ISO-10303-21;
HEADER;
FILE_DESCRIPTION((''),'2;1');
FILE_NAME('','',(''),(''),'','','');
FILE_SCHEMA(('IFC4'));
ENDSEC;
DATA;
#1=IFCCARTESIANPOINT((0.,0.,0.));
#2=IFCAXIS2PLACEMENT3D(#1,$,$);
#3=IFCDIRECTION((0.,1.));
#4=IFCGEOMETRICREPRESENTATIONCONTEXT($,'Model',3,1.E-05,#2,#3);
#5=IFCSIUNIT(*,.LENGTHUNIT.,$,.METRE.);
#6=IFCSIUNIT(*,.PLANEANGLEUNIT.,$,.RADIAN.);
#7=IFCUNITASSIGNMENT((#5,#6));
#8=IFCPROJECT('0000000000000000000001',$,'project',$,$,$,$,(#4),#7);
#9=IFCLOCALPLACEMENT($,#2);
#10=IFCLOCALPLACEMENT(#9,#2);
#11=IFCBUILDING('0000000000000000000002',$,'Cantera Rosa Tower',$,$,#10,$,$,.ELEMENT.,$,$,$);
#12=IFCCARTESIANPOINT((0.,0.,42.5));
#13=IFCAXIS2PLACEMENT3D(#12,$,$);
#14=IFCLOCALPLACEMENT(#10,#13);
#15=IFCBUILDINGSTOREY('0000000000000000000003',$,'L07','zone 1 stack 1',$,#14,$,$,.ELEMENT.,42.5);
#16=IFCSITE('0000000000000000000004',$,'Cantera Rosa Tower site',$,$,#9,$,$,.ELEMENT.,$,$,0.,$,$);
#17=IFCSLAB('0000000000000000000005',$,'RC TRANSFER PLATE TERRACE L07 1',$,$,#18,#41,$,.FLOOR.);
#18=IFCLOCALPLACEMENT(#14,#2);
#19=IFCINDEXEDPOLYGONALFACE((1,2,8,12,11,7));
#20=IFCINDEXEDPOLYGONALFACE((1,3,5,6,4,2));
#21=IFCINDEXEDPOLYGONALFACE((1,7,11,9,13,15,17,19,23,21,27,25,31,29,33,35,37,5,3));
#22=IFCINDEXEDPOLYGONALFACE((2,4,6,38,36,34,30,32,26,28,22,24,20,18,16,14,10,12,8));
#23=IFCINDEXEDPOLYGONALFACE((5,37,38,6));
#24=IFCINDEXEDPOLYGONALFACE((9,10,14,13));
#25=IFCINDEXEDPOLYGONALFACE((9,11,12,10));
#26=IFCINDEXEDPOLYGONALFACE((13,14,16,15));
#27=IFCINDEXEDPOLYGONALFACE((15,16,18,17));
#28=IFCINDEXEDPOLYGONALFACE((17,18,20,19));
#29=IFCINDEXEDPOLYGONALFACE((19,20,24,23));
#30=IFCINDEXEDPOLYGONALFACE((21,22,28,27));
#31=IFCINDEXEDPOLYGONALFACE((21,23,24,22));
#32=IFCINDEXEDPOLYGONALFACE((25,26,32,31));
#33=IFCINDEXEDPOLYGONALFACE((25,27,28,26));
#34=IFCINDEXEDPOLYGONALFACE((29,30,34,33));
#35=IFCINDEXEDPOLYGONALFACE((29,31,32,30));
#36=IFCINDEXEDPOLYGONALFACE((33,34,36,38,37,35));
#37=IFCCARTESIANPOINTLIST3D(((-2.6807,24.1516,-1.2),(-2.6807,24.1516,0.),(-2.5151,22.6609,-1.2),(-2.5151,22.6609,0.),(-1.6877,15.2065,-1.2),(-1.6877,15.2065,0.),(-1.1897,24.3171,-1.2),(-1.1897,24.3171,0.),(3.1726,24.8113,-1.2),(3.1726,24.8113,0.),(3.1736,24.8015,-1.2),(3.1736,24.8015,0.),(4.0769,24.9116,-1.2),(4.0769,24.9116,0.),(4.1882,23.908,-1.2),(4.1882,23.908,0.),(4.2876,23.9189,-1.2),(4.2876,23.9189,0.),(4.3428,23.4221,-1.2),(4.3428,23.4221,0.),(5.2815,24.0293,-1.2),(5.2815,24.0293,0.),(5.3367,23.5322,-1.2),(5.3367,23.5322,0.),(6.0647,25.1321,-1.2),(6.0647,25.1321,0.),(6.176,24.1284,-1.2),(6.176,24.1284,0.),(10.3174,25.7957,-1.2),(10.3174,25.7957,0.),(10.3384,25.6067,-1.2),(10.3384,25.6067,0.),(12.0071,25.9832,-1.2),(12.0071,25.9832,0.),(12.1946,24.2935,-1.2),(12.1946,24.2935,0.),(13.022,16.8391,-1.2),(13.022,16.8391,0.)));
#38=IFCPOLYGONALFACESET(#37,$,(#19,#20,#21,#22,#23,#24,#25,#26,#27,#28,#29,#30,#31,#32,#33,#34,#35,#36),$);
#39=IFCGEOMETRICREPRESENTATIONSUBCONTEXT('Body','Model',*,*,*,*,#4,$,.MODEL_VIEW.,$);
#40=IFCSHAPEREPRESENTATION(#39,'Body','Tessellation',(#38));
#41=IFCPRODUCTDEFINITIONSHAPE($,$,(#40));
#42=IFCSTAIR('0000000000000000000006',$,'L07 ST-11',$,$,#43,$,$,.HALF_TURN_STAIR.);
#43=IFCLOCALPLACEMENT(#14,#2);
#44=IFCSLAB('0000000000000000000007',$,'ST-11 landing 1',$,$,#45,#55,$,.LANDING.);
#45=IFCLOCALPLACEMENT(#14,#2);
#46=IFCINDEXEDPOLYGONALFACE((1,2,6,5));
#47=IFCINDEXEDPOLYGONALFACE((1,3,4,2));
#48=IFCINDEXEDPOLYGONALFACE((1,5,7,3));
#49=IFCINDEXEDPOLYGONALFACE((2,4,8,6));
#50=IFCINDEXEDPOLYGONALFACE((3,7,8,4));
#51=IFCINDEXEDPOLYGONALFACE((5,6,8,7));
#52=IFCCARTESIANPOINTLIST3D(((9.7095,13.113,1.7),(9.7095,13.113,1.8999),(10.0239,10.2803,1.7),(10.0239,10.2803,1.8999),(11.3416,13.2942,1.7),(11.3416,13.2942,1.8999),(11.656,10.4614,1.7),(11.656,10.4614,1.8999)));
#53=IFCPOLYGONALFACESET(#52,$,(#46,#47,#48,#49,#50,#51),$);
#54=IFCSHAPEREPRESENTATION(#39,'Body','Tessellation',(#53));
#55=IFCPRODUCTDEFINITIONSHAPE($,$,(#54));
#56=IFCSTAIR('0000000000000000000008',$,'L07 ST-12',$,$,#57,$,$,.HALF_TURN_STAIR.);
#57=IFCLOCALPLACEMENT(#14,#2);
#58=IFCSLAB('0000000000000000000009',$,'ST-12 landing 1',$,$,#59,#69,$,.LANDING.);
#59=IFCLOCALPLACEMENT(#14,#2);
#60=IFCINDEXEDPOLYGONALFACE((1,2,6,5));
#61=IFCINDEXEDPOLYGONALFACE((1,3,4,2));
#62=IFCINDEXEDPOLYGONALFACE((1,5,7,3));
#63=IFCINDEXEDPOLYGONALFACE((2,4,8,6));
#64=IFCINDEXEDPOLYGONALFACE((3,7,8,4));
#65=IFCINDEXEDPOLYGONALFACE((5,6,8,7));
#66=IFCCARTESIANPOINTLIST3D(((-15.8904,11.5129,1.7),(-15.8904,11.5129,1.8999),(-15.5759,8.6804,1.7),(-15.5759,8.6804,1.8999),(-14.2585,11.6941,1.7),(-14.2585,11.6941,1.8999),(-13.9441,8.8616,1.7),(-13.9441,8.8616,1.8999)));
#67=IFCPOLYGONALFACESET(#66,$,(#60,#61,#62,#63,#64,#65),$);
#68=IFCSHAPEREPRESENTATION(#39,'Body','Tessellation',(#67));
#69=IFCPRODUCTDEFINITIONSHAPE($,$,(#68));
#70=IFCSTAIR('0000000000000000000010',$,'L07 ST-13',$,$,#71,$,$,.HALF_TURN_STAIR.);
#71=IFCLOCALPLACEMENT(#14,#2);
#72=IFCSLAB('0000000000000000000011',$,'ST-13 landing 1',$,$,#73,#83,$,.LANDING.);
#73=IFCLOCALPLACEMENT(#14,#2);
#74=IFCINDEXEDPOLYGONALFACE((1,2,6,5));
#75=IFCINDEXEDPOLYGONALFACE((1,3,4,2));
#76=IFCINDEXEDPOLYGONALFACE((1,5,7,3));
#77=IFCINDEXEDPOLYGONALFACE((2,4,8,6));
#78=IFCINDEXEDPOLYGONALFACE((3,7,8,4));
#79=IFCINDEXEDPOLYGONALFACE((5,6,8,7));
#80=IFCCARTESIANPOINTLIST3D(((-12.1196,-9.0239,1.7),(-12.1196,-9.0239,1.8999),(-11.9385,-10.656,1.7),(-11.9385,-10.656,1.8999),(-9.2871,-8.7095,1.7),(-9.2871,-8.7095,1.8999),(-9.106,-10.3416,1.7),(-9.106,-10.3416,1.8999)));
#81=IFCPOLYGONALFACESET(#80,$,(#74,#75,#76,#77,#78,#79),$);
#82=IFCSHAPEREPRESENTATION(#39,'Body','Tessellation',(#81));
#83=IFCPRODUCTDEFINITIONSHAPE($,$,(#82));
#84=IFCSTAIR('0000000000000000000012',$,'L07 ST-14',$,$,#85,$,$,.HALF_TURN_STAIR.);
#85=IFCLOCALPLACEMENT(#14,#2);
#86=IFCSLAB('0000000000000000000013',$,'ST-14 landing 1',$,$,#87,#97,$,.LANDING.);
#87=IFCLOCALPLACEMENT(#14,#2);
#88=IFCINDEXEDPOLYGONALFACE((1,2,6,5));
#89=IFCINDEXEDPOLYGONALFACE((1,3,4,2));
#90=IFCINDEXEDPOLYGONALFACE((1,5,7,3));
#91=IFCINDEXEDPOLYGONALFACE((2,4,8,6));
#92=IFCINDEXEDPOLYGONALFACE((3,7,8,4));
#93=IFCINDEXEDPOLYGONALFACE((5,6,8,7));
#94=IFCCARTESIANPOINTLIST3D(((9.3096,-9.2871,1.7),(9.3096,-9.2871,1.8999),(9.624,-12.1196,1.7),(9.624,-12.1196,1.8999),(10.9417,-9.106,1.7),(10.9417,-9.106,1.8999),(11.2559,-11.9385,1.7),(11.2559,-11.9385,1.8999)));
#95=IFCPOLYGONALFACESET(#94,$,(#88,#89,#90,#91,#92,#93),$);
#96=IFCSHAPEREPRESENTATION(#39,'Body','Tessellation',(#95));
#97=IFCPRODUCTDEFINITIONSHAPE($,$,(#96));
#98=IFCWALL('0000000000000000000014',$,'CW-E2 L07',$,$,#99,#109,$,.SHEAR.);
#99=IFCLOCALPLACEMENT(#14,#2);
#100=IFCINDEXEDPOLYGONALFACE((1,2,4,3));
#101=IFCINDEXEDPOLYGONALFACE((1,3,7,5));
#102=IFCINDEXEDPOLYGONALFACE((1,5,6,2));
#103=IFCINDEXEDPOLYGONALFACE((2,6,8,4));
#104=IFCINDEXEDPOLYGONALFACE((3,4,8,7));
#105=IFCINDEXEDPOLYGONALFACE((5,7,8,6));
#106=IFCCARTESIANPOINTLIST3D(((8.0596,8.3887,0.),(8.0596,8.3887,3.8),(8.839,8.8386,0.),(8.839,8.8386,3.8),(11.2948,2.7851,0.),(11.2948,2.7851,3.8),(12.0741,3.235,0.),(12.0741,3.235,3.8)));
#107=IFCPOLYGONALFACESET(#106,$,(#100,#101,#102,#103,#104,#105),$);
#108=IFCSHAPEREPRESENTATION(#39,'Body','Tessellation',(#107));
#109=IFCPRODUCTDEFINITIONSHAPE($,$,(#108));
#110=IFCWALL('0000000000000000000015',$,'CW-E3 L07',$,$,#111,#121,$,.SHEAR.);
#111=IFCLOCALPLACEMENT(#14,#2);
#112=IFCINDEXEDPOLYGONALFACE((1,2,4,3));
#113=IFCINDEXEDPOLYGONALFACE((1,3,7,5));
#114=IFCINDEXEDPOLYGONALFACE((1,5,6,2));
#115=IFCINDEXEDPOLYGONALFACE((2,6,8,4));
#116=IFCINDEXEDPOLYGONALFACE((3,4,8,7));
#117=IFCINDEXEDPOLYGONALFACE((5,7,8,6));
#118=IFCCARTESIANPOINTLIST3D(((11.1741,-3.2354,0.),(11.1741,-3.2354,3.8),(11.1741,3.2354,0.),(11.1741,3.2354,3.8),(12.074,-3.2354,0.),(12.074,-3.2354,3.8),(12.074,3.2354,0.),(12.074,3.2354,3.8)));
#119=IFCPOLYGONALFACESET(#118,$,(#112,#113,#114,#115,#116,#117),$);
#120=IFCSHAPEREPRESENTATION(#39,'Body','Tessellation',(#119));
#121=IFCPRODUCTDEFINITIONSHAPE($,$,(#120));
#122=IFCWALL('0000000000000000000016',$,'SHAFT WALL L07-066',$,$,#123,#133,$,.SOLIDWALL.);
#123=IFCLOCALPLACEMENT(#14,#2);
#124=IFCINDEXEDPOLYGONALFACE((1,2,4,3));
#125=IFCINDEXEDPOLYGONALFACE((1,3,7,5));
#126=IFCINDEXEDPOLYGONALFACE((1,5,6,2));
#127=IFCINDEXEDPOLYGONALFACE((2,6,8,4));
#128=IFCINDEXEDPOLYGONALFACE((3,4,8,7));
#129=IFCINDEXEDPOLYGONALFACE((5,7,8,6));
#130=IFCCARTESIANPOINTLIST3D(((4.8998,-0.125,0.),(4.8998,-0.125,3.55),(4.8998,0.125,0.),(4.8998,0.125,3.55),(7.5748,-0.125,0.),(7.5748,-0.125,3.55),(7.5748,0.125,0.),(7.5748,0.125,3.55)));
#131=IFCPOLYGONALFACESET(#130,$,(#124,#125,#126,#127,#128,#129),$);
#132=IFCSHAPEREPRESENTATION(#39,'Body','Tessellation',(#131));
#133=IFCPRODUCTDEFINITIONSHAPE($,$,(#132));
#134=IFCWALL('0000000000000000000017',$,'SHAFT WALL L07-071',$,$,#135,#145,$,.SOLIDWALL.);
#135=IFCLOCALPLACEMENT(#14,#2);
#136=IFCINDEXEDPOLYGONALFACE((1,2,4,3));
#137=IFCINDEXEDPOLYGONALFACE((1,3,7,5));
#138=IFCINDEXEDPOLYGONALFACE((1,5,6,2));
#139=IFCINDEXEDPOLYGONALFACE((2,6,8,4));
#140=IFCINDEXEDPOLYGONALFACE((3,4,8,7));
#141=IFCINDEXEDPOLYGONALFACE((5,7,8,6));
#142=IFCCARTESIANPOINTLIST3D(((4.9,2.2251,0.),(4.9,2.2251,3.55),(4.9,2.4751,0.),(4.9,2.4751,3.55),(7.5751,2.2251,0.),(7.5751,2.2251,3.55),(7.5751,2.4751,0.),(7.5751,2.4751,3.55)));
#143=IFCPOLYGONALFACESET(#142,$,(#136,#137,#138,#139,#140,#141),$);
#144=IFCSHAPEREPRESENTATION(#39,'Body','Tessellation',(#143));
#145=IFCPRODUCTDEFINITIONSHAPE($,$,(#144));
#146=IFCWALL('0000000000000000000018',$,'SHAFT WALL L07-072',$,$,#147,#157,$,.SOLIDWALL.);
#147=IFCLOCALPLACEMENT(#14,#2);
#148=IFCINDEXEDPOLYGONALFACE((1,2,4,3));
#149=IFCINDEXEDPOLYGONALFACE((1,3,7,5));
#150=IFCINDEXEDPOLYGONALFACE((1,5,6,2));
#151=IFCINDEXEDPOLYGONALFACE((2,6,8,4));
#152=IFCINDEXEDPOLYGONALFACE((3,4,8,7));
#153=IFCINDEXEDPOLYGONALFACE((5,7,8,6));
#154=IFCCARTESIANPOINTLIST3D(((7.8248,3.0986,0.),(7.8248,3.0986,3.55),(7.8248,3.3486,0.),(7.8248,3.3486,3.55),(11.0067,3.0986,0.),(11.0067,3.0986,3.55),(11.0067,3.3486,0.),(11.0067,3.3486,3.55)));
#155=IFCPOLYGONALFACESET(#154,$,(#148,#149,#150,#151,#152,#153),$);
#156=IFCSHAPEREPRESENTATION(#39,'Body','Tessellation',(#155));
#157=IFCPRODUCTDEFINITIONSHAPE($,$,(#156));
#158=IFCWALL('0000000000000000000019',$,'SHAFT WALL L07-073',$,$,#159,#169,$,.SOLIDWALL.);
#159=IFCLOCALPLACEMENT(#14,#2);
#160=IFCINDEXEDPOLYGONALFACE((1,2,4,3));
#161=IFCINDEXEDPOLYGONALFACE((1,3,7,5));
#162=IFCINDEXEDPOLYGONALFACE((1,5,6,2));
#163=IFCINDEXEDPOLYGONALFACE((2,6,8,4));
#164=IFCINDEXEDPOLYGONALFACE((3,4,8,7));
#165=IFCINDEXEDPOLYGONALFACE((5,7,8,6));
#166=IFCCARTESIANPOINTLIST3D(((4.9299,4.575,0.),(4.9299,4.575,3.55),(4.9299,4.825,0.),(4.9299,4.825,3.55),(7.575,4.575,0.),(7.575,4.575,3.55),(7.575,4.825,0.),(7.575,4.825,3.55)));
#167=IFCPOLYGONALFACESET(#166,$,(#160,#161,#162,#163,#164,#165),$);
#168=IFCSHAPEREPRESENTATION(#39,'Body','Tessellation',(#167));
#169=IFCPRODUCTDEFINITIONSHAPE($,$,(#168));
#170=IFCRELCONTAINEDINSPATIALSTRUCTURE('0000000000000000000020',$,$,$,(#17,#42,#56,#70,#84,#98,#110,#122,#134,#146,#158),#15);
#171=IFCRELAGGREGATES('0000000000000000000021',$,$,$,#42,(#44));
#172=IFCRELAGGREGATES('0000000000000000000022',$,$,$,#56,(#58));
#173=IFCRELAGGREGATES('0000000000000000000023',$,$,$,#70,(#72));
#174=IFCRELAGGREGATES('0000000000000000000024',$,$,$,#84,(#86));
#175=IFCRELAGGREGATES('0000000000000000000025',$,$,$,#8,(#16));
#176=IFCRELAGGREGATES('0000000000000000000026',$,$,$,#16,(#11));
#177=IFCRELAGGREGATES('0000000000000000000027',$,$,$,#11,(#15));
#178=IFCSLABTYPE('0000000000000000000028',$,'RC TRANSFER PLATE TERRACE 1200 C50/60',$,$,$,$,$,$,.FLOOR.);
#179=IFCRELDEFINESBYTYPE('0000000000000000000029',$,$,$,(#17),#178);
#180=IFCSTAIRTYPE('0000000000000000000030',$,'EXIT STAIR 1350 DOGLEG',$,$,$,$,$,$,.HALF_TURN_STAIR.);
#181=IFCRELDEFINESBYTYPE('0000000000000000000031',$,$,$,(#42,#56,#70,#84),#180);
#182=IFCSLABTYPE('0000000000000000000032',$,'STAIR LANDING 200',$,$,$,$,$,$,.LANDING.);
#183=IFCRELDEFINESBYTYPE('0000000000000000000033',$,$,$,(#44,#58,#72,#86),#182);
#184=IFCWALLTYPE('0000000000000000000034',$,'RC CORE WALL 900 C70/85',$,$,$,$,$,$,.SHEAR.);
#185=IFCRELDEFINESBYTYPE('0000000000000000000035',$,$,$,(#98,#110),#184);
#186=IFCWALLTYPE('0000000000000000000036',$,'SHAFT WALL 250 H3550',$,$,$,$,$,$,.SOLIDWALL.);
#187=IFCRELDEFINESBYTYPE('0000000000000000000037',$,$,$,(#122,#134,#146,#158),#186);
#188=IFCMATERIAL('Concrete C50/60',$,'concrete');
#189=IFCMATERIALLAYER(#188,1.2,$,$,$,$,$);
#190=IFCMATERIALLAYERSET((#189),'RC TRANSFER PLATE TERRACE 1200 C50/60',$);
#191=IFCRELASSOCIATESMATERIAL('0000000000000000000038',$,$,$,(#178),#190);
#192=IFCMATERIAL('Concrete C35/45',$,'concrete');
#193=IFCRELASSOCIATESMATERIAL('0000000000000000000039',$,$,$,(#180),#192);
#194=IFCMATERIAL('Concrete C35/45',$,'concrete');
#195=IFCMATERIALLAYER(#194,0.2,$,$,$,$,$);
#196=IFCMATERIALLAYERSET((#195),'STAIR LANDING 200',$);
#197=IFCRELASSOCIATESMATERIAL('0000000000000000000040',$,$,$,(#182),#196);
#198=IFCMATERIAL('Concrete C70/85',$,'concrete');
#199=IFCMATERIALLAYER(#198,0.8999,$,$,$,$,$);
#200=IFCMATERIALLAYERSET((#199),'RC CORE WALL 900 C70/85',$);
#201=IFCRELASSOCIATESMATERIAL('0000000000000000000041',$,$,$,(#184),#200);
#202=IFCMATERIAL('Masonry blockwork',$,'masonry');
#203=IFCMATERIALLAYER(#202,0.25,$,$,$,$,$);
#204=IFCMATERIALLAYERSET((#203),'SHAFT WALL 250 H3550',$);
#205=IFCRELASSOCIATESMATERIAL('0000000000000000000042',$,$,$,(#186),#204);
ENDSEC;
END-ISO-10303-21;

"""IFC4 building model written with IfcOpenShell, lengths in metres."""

from ifc_helpers import new_model, si_unit, direction, frame, frame_2d, origin, place, context, subcontext, project, spatial, polyline, rectangle, outline, extrude, material, layer, layer_set, type_object, element, aggregate, save


model = new_model("IFC4")

# Units and contexts
model_context = context("Model", 3, precision=1e-05, world=origin(), true_north=direction((0.0, 1.0)))
body_context = subcontext(model_context, "Body", "Model", "MODEL_VIEW")
ifc_project = project(units=[si_unit("LENGTHUNIT", "METRE"), si_unit("PLANEANGLEUNIT", "RADIAN")], contexts=[model_context])

# Site, building, storey
site_placement = place(None, origin())
site = spatial("IfcSite", under=ifc_project, at=site_placement, Name="Cantera Rosa Tower site", CompositionType="ELEMENT", RefElevation=0.0)
building_placement = place(site_placement, origin())
building = spatial("IfcBuilding", under=site, at=building_placement, Name="Cantera Rosa Tower", CompositionType="ELEMENT")
storey_placement = place(building_placement, frame((0.0, 0.0, 42.5)))
storey = spatial("IfcBuildingStorey", under=building, at=storey_placement, Name="L07", Description="zone 1 stack 1", CompositionType="ELEMENT", Elevation=42.5)

# Slab
ifc_material_1 = material(Name="Concrete C50/60", Category="concrete")
ifc_layer_1 = layer(ifc_material_1, 1.2)
ifc_layer_set_1 = layer_set([ifc_layer_1], Name="RC TRANSFER PLATE TERRACE 1200 C50/60")
slab_type_1 = type_object("IfcSlabType", Name="RC TRANSFER PLATE TERRACE 1200 C50/60", PredefinedType="FLOOR", material=ifc_layer_set_1)
slab_1_placement = place(storey_placement, frame((0.0, 0.0, -1.2)))
element("IfcSlab", 1, at=slab_1_placement, inside=storey, type_object=slab_type_1, Name="RC TRANSFER PLATE TERRACE L07 1", PredefinedType="FLOOR", context=body_context, shape_type="SweptSolid", body=[
    extrude(outline(polyline([(-2.6807, 24.1516), (-1.1897, 24.3171), (3.1736, 24.8015), (3.1726, 24.8113), (4.0769, 24.9116), (4.1882, 23.908), (4.2876, 23.9189), (4.3428, 23.4221), (5.3367, 23.5322), (5.2815, 24.0293), (6.176, 24.1284), (6.0647, 25.1321), (10.3384, 25.6067), (10.3174, 25.7957), (12.0071, 25.9832), (12.1946, 24.2935), (13.022, 16.8391), (-1.6877, 15.2065), (-2.5151, 22.6609), (-2.6807, 24.1516)])), origin(), (0.0, 0.0, 1.0), 1.2),
])

# Stairs, slabs
ifc_material_2 = material(Name="Concrete C35/45", Category="concrete")
stair_type = type_object("IfcStairType", Name="EXIT STAIR 1350 DOGLEG", PredefinedType="HALF_TURN_STAIR", material=ifc_material_2)
stair_1_placement = place(storey_placement, origin())
stair_1 = element("IfcStair", 2, at=stair_1_placement, inside=storey, type_object=stair_type, Name="L07 ST-11", PredefinedType="HALF_TURN_STAIR")
ifc_material_3 = material(Name="Concrete C35/45", Category="concrete")
ifc_layer_2 = layer(ifc_material_3, 0.2)
ifc_layer_set_2 = layer_set([ifc_layer_2], Name="STAIR LANDING 200")
slab_type_2 = type_object("IfcSlabType", Name="STAIR LANDING 200", PredefinedType="LANDING", material=ifc_layer_set_2)
slab_2_placement = place(storey_placement, frame((0.0, 0.0, 1.7)))
slab_2 = element("IfcSlab", 3, at=slab_2_placement, type_object=slab_type_2, Name="ST-11 landing 1", PredefinedType="LANDING", context=body_context, shape_type="SweptSolid", body=[
    extrude(outline(polyline([(11.3416, 13.2942), (9.7095, 13.113), (10.0239, 10.2803), (11.656, 10.4614), (11.3416, 13.2942)])), origin(), (0.0, 0.0, 1.0), 0.2),
])
aggregate(stair_1, [slab_2])
stair_2_placement = place(storey_placement, origin())
stair_2 = element("IfcStair", 4, at=stair_2_placement, inside=storey, type_object=stair_type, Name="L07 ST-12", PredefinedType="HALF_TURN_STAIR")
slab_3_placement = place(storey_placement, frame((0.0, 0.0, 1.7)))
slab_3 = element("IfcSlab", 5, at=slab_3_placement, type_object=slab_type_2, Name="ST-12 landing 1", PredefinedType="LANDING", context=body_context, shape_type="SweptSolid", body=[
    extrude(outline(polyline([(-14.2585, 11.6941), (-15.8904, 11.5129), (-15.5759, 8.6804), (-13.9441, 8.8616), (-14.2585, 11.6941)])), origin(), (0.0, 0.0, 1.0), 0.2),
])
aggregate(stair_2, [slab_3])
stair_3_placement = place(storey_placement, origin())
stair_3 = element("IfcStair", 6, at=stair_3_placement, inside=storey, type_object=stair_type, Name="L07 ST-13", PredefinedType="HALF_TURN_STAIR")
slab_4_placement = place(storey_placement, frame((0.0, 0.0, 1.7)))
slab_4 = element("IfcSlab", 7, at=slab_4_placement, type_object=slab_type_2, Name="ST-13 landing 1", PredefinedType="LANDING", context=body_context, shape_type="SweptSolid", body=[
    extrude(outline(polyline([(-9.106, -10.3416), (-9.2871, -8.7095), (-12.1196, -9.0239), (-11.9385, -10.656), (-9.106, -10.3416)])), origin(), (0.0, 0.0, 1.0), 0.2),
])
aggregate(stair_3, [slab_4])
stair_4_placement = place(storey_placement, origin())
stair_4 = element("IfcStair", 8, at=stair_4_placement, inside=storey, type_object=stair_type, Name="L07 ST-14", PredefinedType="HALF_TURN_STAIR")
slab_5_placement = place(storey_placement, frame((0.0, 0.0, 1.7)))
slab_5 = element("IfcSlab", 9, at=slab_5_placement, type_object=slab_type_2, Name="ST-14 landing 1", PredefinedType="LANDING", context=body_context, shape_type="SweptSolid", body=[
    extrude(outline(polyline([(10.9417, -9.106), (9.3096, -9.2871), (9.624, -12.1196), (11.2559, -11.9385), (10.9417, -9.106)])), origin(), (0.0, 0.0, 1.0), 0.2),
])
aggregate(stair_4, [slab_5])

# Walls
ifc_material_4 = material(Name="Concrete C70/85", Category="concrete")
ifc_layer_3 = layer(ifc_material_4, 0.8999)
ifc_layer_set_3 = layer_set([ifc_layer_3], Name="RC CORE WALL 900 C70/85")
wall_type_1 = type_object("IfcWallType", Name="RC CORE WALL 900 C70/85", PredefinedType="SHEAR", material=ifc_layer_set_3)
wall_1_placement = place(storey_placement, frame((8.4492, 8.6138, 0.0), z_axis=(0.0, 0.0, 1.0), x_axis=(0.49999, -0.866031, 0.0)))
element("IfcWall", 10, at=wall_1_placement, inside=storey, type_object=wall_type_1, Name="CW-E2 L07", PredefinedType="SHEAR", context=body_context, shape_type="SweptSolid", body=[
    extrude(rectangle(XDim=6.4705, YDim=0.8999, at=frame_2d((3.2354, 0.0))), origin(), (0.0, 0.0, 1.0), 3.8),
])
wall_2_placement = place(storey_placement, frame((11.624, 3.2354, 0.0), z_axis=(0.0, 0.0, 1.0), x_axis=(0.0, -1.0, 0.0)))
element("IfcWall", 11, at=wall_2_placement, inside=storey, type_object=wall_type_1, Name="CW-E3 L07", PredefinedType="SHEAR", context=body_context, shape_type="SweptSolid", body=[
    extrude(rectangle(XDim=6.4707, YDim=0.8999, at=frame_2d((3.2354, 0.0))), origin(), (0.0, 0.0, 1.0), 3.8),
])
ifc_material_5 = material(Name="Masonry blockwork", Category="masonry")
ifc_layer_4 = layer(ifc_material_5, 0.25)
ifc_layer_set_4 = layer_set([ifc_layer_4], Name="SHAFT WALL 250 H3550")
wall_type_2 = type_object("IfcWallType", Name="SHAFT WALL 250 H3550", PredefinedType="SOLIDWALL", material=ifc_layer_set_4)
for number, where, z_axis, x_axis, name in (
    (12, (4.8999, 0.0, 0.0), (0.0, 0.0, 1.0), (1.0, 0.0, 0.0), "SHAFT WALL L07-066"),
    (13, (7.575, 2.3501, 0.0), (0.0, 0.0, 1.0), (-1.0, 0.0, 0.0), "SHAFT WALL L07-071"),
):
    element("IfcWall", number, at=place(storey_placement, frame(where, z_axis=z_axis, x_axis=x_axis)), inside=storey, type_object=wall_type_2, Name=name, PredefinedType="SOLIDWALL", context=body_context, shape_type="SweptSolid", body=[
        extrude(rectangle(XDim=2.675, YDim=0.25, at=frame_2d((1.3374, 0.0))), origin(), (0.0, 0.0, 1.0), 3.55),
    ])
wall_3_placement = place(storey_placement, frame((7.825, 3.2236, 0.0), z_axis=(0.0, 0.0, 1.0), x_axis=(1.0, 0.0, 0.0)))
element("IfcWall", 14, at=wall_3_placement, inside=storey, type_object=wall_type_2, Name="SHAFT WALL L07-072", PredefinedType="SOLIDWALL", context=body_context, shape_type="SweptSolid", body=[
    extrude(rectangle(XDim=3.1819, YDim=0.25, at=frame_2d((1.5908, 0.0))), origin(), (0.0, 0.0, 1.0), 3.55),
])
wall_4_placement = place(storey_placement, frame((7.575, 4.7, 0.0), z_axis=(0.0, 0.0, 1.0), x_axis=(-1.0, 0.0, 0.0)))
element("IfcWall", 15, at=wall_4_placement, inside=storey, type_object=wall_type_2, Name="SHAFT WALL L07-073", PredefinedType="SOLIDWALL", context=body_context, shape_type="SweptSolid", body=[
    extrude(rectangle(XDim=2.645, YDim=0.25, at=frame_2d((1.3225, 0.0))), origin(), (0.0, 0.0, 1.0), 3.55),
])

save(model, "model.ifc")
